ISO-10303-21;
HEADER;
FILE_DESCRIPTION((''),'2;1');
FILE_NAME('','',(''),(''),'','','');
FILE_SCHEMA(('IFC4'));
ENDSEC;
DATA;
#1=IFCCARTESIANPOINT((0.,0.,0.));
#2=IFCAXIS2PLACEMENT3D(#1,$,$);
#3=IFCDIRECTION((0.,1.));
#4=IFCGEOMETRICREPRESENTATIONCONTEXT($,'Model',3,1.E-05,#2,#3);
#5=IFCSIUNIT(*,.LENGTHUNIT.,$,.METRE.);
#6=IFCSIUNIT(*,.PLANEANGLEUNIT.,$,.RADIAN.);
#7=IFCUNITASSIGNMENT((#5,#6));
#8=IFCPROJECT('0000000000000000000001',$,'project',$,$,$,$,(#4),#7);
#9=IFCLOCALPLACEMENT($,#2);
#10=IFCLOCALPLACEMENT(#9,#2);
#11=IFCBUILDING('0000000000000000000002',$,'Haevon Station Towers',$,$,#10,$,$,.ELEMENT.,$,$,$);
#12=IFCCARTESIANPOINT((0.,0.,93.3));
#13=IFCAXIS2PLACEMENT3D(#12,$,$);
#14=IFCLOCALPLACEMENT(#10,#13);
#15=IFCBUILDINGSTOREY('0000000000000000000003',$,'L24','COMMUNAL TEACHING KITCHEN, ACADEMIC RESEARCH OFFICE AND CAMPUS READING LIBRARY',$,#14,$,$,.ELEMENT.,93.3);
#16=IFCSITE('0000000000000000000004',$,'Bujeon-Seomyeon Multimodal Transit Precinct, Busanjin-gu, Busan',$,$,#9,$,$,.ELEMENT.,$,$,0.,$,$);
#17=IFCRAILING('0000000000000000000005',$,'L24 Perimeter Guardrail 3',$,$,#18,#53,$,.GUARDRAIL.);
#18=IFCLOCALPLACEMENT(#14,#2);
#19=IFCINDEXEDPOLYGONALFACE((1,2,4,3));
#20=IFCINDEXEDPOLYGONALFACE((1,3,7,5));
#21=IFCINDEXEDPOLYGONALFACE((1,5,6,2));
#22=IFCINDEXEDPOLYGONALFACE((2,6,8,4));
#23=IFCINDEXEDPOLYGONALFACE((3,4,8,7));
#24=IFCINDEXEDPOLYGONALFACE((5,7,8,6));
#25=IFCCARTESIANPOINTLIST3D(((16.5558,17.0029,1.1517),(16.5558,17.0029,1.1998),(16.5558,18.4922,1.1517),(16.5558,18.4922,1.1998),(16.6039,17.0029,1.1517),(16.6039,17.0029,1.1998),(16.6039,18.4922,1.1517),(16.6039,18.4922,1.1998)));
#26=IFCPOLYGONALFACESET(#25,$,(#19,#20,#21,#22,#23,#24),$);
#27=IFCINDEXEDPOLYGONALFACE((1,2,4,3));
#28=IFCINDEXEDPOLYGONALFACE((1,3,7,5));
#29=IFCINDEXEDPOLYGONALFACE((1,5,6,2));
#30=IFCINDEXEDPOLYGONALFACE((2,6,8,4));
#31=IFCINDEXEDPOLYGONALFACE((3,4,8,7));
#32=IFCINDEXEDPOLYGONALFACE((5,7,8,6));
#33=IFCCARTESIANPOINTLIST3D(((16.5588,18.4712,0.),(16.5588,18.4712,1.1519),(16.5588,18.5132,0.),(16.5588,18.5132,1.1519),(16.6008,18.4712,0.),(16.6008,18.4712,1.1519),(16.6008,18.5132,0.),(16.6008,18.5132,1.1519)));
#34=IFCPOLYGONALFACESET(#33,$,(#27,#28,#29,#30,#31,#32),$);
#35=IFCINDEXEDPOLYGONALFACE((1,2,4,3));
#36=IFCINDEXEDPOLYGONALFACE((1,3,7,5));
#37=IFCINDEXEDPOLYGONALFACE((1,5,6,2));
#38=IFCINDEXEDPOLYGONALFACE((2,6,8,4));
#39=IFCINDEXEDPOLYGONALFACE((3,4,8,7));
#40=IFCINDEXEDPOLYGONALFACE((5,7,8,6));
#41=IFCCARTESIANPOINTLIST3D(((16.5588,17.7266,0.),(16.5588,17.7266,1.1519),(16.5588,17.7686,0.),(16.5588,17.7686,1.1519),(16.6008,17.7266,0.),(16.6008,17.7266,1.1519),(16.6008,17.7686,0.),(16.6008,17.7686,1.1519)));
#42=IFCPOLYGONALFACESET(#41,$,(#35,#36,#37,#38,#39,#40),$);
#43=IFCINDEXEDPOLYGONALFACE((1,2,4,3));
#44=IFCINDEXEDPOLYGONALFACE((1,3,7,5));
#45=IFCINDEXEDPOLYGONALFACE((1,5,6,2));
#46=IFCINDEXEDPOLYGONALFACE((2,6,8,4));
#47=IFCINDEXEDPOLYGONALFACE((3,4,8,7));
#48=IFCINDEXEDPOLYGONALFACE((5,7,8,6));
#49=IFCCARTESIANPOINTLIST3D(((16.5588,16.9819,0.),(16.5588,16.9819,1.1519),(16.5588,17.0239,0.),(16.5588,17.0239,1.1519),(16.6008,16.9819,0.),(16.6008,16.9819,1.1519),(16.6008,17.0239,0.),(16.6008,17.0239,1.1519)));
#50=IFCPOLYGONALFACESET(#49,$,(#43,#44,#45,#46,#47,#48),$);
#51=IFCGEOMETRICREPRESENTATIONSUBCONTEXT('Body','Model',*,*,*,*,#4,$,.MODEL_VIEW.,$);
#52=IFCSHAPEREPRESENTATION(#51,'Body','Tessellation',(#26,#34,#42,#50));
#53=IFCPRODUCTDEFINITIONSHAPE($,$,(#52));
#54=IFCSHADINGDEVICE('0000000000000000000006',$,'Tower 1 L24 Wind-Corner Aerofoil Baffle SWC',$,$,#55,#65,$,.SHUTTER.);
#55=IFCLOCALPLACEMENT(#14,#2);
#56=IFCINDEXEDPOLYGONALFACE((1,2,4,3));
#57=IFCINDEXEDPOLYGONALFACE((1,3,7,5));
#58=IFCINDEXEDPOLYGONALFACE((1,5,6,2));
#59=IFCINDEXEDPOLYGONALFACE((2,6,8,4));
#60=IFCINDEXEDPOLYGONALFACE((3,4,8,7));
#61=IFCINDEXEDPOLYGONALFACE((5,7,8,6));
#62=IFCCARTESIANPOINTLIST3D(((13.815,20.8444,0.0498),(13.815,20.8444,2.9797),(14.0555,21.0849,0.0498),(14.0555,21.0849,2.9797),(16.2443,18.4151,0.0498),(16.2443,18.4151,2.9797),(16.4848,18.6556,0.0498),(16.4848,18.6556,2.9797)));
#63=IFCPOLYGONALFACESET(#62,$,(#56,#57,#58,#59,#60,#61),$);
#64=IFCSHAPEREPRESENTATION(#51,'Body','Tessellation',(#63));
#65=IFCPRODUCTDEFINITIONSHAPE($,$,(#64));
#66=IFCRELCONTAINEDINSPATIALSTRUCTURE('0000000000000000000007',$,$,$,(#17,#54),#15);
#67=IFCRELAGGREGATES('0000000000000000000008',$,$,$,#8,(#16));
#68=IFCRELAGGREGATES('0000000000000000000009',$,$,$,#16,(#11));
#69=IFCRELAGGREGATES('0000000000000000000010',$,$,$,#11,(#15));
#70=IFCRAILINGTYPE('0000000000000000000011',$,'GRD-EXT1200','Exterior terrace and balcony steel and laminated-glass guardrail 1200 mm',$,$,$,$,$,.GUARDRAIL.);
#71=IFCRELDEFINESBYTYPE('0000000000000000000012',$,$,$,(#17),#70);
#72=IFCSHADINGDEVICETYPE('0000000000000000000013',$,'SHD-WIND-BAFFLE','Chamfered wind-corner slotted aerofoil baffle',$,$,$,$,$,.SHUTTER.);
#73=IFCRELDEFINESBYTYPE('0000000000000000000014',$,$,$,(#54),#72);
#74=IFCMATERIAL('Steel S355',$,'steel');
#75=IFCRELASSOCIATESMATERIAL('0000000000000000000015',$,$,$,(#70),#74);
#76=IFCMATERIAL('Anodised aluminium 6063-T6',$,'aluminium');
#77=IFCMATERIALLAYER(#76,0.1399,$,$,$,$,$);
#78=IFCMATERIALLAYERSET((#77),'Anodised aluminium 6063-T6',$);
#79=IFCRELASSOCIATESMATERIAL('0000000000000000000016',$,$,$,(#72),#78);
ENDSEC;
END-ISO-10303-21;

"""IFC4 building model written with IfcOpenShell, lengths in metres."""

from ifc_helpers import new_model, si_unit, direction, frame, origin, origin_2d, place, context, subcontext, project, spatial, rectangle, extrude, material, layer, layer_set, type_object, element, save


model = new_model("IFC4")

# Units and contexts
model_context = context("Model", 3, precision=1e-05, world=origin(), true_north=direction((0.0, 1.0)))
body_context = subcontext(model_context, "Body", "Model", "MODEL_VIEW")
ifc_project = project(units=[si_unit("LENGTHUNIT", "METRE"), si_unit("PLANEANGLEUNIT", "RADIAN")], contexts=[model_context])

# Site, building, storey
site_placement = place(None, origin())
site = spatial("IfcSite", under=ifc_project, at=site_placement, Name="Bujeon-Seomyeon Multimodal Transit Precinct, Busanjin-gu, Busan", CompositionType="ELEMENT", RefElevation=0.0)
building_placement = place(site_placement, origin())
building = spatial("IfcBuilding", under=site, at=building_placement, Name="Haevon Station Towers", CompositionType="ELEMENT")
storey_placement = place(building_placement, frame((0.0, 0.0, 93.3)))
storey = spatial("IfcBuildingStorey", under=building, at=storey_placement, Name="L24", Description="COMMUNAL TEACHING KITCHEN, ACADEMIC RESEARCH OFFICE AND CAMPUS READING LIBRARY", CompositionType="ELEMENT", Elevation=93.3)

# Shared definitions
ifc_material_1 = material(Name="Steel S355", Category="steel")

# Railing
railing_type = type_object("IfcRailingType", Name="GRD-EXT1200", Description="Exterior terrace and balcony steel and laminated-glass guardrail 1200 mm", PredefinedType="GUARDRAIL", material=ifc_material_1)
railing_1_placement = place(storey_placement, frame((16.5798, 18.4922, 0.0)))
element("IfcRailing", 1, at=railing_1_placement, inside=storey, type_object=railing_type, Name="L24 Perimeter Guardrail 3", PredefinedType="GUARDRAIL", context=body_context, shape_type="SweptSolid", body=[
    extrude(rectangle(XDim=0.0481, YDim=0.0481, at=origin_2d()), frame((0.0, 0.0, 1.1758), z_axis=(0.0, -1.0, 0.0), x_axis=(1.0, 0.0, 0.0)), (0.0, 0.0, 1.0), 1.4893),
    extrude(rectangle(XDim=0.042, YDim=0.042, at=origin_2d()), origin(), (0.0, 0.0, 1.0), 1.1519),
    extrude(rectangle(XDim=0.042, YDim=0.042, at=origin_2d()), frame((0.0, -0.7446, 0.0)), (0.0, 0.0, 1.0), 1.1519),
    extrude(rectangle(XDim=0.042, YDim=0.042, at=origin_2d()), frame((0.0, -1.4893, 0.0)), (0.0, 0.0, 1.0), 1.1519),
])

# Shading device
ifc_material_2 = material(Name="Anodised aluminium 6063-T6", Category="aluminium")
ifc_layer_1 = layer(ifc_material_2, 0.1399)
ifc_layer_set_1 = layer_set([ifc_layer_1], Name="Anodised aluminium 6063-T6")
shading_device_type = type_object("IfcShadingDeviceType", Name="SHD-WIND-BAFFLE", Description="Chamfered wind-corner slotted aerofoil baffle", PredefinedType="SHUTTER", material=ifc_layer_set_1)
shading_device_placement = place(storey_placement, frame((15.1499, 19.75, 0.0498), z_axis=(0.0, 0.0, 1.0), x_axis=(-0.707107, 0.707107, 0.0)))
element("IfcShadingDevice", 2, at=shading_device_placement, inside=storey, type_object=shading_device_type, Name="Tower 1 L24 Wind-Corner Aerofoil Baffle SWC", PredefinedType="SHUTTER", context=body_context, shape_type="SweptSolid", body=[
    extrude(rectangle(XDim=3.4355, YDim=0.3401, at=origin_2d()), origin(), (0.0, 0.0, 1.0), 2.9299),
])

save(model, "model.ifc")
